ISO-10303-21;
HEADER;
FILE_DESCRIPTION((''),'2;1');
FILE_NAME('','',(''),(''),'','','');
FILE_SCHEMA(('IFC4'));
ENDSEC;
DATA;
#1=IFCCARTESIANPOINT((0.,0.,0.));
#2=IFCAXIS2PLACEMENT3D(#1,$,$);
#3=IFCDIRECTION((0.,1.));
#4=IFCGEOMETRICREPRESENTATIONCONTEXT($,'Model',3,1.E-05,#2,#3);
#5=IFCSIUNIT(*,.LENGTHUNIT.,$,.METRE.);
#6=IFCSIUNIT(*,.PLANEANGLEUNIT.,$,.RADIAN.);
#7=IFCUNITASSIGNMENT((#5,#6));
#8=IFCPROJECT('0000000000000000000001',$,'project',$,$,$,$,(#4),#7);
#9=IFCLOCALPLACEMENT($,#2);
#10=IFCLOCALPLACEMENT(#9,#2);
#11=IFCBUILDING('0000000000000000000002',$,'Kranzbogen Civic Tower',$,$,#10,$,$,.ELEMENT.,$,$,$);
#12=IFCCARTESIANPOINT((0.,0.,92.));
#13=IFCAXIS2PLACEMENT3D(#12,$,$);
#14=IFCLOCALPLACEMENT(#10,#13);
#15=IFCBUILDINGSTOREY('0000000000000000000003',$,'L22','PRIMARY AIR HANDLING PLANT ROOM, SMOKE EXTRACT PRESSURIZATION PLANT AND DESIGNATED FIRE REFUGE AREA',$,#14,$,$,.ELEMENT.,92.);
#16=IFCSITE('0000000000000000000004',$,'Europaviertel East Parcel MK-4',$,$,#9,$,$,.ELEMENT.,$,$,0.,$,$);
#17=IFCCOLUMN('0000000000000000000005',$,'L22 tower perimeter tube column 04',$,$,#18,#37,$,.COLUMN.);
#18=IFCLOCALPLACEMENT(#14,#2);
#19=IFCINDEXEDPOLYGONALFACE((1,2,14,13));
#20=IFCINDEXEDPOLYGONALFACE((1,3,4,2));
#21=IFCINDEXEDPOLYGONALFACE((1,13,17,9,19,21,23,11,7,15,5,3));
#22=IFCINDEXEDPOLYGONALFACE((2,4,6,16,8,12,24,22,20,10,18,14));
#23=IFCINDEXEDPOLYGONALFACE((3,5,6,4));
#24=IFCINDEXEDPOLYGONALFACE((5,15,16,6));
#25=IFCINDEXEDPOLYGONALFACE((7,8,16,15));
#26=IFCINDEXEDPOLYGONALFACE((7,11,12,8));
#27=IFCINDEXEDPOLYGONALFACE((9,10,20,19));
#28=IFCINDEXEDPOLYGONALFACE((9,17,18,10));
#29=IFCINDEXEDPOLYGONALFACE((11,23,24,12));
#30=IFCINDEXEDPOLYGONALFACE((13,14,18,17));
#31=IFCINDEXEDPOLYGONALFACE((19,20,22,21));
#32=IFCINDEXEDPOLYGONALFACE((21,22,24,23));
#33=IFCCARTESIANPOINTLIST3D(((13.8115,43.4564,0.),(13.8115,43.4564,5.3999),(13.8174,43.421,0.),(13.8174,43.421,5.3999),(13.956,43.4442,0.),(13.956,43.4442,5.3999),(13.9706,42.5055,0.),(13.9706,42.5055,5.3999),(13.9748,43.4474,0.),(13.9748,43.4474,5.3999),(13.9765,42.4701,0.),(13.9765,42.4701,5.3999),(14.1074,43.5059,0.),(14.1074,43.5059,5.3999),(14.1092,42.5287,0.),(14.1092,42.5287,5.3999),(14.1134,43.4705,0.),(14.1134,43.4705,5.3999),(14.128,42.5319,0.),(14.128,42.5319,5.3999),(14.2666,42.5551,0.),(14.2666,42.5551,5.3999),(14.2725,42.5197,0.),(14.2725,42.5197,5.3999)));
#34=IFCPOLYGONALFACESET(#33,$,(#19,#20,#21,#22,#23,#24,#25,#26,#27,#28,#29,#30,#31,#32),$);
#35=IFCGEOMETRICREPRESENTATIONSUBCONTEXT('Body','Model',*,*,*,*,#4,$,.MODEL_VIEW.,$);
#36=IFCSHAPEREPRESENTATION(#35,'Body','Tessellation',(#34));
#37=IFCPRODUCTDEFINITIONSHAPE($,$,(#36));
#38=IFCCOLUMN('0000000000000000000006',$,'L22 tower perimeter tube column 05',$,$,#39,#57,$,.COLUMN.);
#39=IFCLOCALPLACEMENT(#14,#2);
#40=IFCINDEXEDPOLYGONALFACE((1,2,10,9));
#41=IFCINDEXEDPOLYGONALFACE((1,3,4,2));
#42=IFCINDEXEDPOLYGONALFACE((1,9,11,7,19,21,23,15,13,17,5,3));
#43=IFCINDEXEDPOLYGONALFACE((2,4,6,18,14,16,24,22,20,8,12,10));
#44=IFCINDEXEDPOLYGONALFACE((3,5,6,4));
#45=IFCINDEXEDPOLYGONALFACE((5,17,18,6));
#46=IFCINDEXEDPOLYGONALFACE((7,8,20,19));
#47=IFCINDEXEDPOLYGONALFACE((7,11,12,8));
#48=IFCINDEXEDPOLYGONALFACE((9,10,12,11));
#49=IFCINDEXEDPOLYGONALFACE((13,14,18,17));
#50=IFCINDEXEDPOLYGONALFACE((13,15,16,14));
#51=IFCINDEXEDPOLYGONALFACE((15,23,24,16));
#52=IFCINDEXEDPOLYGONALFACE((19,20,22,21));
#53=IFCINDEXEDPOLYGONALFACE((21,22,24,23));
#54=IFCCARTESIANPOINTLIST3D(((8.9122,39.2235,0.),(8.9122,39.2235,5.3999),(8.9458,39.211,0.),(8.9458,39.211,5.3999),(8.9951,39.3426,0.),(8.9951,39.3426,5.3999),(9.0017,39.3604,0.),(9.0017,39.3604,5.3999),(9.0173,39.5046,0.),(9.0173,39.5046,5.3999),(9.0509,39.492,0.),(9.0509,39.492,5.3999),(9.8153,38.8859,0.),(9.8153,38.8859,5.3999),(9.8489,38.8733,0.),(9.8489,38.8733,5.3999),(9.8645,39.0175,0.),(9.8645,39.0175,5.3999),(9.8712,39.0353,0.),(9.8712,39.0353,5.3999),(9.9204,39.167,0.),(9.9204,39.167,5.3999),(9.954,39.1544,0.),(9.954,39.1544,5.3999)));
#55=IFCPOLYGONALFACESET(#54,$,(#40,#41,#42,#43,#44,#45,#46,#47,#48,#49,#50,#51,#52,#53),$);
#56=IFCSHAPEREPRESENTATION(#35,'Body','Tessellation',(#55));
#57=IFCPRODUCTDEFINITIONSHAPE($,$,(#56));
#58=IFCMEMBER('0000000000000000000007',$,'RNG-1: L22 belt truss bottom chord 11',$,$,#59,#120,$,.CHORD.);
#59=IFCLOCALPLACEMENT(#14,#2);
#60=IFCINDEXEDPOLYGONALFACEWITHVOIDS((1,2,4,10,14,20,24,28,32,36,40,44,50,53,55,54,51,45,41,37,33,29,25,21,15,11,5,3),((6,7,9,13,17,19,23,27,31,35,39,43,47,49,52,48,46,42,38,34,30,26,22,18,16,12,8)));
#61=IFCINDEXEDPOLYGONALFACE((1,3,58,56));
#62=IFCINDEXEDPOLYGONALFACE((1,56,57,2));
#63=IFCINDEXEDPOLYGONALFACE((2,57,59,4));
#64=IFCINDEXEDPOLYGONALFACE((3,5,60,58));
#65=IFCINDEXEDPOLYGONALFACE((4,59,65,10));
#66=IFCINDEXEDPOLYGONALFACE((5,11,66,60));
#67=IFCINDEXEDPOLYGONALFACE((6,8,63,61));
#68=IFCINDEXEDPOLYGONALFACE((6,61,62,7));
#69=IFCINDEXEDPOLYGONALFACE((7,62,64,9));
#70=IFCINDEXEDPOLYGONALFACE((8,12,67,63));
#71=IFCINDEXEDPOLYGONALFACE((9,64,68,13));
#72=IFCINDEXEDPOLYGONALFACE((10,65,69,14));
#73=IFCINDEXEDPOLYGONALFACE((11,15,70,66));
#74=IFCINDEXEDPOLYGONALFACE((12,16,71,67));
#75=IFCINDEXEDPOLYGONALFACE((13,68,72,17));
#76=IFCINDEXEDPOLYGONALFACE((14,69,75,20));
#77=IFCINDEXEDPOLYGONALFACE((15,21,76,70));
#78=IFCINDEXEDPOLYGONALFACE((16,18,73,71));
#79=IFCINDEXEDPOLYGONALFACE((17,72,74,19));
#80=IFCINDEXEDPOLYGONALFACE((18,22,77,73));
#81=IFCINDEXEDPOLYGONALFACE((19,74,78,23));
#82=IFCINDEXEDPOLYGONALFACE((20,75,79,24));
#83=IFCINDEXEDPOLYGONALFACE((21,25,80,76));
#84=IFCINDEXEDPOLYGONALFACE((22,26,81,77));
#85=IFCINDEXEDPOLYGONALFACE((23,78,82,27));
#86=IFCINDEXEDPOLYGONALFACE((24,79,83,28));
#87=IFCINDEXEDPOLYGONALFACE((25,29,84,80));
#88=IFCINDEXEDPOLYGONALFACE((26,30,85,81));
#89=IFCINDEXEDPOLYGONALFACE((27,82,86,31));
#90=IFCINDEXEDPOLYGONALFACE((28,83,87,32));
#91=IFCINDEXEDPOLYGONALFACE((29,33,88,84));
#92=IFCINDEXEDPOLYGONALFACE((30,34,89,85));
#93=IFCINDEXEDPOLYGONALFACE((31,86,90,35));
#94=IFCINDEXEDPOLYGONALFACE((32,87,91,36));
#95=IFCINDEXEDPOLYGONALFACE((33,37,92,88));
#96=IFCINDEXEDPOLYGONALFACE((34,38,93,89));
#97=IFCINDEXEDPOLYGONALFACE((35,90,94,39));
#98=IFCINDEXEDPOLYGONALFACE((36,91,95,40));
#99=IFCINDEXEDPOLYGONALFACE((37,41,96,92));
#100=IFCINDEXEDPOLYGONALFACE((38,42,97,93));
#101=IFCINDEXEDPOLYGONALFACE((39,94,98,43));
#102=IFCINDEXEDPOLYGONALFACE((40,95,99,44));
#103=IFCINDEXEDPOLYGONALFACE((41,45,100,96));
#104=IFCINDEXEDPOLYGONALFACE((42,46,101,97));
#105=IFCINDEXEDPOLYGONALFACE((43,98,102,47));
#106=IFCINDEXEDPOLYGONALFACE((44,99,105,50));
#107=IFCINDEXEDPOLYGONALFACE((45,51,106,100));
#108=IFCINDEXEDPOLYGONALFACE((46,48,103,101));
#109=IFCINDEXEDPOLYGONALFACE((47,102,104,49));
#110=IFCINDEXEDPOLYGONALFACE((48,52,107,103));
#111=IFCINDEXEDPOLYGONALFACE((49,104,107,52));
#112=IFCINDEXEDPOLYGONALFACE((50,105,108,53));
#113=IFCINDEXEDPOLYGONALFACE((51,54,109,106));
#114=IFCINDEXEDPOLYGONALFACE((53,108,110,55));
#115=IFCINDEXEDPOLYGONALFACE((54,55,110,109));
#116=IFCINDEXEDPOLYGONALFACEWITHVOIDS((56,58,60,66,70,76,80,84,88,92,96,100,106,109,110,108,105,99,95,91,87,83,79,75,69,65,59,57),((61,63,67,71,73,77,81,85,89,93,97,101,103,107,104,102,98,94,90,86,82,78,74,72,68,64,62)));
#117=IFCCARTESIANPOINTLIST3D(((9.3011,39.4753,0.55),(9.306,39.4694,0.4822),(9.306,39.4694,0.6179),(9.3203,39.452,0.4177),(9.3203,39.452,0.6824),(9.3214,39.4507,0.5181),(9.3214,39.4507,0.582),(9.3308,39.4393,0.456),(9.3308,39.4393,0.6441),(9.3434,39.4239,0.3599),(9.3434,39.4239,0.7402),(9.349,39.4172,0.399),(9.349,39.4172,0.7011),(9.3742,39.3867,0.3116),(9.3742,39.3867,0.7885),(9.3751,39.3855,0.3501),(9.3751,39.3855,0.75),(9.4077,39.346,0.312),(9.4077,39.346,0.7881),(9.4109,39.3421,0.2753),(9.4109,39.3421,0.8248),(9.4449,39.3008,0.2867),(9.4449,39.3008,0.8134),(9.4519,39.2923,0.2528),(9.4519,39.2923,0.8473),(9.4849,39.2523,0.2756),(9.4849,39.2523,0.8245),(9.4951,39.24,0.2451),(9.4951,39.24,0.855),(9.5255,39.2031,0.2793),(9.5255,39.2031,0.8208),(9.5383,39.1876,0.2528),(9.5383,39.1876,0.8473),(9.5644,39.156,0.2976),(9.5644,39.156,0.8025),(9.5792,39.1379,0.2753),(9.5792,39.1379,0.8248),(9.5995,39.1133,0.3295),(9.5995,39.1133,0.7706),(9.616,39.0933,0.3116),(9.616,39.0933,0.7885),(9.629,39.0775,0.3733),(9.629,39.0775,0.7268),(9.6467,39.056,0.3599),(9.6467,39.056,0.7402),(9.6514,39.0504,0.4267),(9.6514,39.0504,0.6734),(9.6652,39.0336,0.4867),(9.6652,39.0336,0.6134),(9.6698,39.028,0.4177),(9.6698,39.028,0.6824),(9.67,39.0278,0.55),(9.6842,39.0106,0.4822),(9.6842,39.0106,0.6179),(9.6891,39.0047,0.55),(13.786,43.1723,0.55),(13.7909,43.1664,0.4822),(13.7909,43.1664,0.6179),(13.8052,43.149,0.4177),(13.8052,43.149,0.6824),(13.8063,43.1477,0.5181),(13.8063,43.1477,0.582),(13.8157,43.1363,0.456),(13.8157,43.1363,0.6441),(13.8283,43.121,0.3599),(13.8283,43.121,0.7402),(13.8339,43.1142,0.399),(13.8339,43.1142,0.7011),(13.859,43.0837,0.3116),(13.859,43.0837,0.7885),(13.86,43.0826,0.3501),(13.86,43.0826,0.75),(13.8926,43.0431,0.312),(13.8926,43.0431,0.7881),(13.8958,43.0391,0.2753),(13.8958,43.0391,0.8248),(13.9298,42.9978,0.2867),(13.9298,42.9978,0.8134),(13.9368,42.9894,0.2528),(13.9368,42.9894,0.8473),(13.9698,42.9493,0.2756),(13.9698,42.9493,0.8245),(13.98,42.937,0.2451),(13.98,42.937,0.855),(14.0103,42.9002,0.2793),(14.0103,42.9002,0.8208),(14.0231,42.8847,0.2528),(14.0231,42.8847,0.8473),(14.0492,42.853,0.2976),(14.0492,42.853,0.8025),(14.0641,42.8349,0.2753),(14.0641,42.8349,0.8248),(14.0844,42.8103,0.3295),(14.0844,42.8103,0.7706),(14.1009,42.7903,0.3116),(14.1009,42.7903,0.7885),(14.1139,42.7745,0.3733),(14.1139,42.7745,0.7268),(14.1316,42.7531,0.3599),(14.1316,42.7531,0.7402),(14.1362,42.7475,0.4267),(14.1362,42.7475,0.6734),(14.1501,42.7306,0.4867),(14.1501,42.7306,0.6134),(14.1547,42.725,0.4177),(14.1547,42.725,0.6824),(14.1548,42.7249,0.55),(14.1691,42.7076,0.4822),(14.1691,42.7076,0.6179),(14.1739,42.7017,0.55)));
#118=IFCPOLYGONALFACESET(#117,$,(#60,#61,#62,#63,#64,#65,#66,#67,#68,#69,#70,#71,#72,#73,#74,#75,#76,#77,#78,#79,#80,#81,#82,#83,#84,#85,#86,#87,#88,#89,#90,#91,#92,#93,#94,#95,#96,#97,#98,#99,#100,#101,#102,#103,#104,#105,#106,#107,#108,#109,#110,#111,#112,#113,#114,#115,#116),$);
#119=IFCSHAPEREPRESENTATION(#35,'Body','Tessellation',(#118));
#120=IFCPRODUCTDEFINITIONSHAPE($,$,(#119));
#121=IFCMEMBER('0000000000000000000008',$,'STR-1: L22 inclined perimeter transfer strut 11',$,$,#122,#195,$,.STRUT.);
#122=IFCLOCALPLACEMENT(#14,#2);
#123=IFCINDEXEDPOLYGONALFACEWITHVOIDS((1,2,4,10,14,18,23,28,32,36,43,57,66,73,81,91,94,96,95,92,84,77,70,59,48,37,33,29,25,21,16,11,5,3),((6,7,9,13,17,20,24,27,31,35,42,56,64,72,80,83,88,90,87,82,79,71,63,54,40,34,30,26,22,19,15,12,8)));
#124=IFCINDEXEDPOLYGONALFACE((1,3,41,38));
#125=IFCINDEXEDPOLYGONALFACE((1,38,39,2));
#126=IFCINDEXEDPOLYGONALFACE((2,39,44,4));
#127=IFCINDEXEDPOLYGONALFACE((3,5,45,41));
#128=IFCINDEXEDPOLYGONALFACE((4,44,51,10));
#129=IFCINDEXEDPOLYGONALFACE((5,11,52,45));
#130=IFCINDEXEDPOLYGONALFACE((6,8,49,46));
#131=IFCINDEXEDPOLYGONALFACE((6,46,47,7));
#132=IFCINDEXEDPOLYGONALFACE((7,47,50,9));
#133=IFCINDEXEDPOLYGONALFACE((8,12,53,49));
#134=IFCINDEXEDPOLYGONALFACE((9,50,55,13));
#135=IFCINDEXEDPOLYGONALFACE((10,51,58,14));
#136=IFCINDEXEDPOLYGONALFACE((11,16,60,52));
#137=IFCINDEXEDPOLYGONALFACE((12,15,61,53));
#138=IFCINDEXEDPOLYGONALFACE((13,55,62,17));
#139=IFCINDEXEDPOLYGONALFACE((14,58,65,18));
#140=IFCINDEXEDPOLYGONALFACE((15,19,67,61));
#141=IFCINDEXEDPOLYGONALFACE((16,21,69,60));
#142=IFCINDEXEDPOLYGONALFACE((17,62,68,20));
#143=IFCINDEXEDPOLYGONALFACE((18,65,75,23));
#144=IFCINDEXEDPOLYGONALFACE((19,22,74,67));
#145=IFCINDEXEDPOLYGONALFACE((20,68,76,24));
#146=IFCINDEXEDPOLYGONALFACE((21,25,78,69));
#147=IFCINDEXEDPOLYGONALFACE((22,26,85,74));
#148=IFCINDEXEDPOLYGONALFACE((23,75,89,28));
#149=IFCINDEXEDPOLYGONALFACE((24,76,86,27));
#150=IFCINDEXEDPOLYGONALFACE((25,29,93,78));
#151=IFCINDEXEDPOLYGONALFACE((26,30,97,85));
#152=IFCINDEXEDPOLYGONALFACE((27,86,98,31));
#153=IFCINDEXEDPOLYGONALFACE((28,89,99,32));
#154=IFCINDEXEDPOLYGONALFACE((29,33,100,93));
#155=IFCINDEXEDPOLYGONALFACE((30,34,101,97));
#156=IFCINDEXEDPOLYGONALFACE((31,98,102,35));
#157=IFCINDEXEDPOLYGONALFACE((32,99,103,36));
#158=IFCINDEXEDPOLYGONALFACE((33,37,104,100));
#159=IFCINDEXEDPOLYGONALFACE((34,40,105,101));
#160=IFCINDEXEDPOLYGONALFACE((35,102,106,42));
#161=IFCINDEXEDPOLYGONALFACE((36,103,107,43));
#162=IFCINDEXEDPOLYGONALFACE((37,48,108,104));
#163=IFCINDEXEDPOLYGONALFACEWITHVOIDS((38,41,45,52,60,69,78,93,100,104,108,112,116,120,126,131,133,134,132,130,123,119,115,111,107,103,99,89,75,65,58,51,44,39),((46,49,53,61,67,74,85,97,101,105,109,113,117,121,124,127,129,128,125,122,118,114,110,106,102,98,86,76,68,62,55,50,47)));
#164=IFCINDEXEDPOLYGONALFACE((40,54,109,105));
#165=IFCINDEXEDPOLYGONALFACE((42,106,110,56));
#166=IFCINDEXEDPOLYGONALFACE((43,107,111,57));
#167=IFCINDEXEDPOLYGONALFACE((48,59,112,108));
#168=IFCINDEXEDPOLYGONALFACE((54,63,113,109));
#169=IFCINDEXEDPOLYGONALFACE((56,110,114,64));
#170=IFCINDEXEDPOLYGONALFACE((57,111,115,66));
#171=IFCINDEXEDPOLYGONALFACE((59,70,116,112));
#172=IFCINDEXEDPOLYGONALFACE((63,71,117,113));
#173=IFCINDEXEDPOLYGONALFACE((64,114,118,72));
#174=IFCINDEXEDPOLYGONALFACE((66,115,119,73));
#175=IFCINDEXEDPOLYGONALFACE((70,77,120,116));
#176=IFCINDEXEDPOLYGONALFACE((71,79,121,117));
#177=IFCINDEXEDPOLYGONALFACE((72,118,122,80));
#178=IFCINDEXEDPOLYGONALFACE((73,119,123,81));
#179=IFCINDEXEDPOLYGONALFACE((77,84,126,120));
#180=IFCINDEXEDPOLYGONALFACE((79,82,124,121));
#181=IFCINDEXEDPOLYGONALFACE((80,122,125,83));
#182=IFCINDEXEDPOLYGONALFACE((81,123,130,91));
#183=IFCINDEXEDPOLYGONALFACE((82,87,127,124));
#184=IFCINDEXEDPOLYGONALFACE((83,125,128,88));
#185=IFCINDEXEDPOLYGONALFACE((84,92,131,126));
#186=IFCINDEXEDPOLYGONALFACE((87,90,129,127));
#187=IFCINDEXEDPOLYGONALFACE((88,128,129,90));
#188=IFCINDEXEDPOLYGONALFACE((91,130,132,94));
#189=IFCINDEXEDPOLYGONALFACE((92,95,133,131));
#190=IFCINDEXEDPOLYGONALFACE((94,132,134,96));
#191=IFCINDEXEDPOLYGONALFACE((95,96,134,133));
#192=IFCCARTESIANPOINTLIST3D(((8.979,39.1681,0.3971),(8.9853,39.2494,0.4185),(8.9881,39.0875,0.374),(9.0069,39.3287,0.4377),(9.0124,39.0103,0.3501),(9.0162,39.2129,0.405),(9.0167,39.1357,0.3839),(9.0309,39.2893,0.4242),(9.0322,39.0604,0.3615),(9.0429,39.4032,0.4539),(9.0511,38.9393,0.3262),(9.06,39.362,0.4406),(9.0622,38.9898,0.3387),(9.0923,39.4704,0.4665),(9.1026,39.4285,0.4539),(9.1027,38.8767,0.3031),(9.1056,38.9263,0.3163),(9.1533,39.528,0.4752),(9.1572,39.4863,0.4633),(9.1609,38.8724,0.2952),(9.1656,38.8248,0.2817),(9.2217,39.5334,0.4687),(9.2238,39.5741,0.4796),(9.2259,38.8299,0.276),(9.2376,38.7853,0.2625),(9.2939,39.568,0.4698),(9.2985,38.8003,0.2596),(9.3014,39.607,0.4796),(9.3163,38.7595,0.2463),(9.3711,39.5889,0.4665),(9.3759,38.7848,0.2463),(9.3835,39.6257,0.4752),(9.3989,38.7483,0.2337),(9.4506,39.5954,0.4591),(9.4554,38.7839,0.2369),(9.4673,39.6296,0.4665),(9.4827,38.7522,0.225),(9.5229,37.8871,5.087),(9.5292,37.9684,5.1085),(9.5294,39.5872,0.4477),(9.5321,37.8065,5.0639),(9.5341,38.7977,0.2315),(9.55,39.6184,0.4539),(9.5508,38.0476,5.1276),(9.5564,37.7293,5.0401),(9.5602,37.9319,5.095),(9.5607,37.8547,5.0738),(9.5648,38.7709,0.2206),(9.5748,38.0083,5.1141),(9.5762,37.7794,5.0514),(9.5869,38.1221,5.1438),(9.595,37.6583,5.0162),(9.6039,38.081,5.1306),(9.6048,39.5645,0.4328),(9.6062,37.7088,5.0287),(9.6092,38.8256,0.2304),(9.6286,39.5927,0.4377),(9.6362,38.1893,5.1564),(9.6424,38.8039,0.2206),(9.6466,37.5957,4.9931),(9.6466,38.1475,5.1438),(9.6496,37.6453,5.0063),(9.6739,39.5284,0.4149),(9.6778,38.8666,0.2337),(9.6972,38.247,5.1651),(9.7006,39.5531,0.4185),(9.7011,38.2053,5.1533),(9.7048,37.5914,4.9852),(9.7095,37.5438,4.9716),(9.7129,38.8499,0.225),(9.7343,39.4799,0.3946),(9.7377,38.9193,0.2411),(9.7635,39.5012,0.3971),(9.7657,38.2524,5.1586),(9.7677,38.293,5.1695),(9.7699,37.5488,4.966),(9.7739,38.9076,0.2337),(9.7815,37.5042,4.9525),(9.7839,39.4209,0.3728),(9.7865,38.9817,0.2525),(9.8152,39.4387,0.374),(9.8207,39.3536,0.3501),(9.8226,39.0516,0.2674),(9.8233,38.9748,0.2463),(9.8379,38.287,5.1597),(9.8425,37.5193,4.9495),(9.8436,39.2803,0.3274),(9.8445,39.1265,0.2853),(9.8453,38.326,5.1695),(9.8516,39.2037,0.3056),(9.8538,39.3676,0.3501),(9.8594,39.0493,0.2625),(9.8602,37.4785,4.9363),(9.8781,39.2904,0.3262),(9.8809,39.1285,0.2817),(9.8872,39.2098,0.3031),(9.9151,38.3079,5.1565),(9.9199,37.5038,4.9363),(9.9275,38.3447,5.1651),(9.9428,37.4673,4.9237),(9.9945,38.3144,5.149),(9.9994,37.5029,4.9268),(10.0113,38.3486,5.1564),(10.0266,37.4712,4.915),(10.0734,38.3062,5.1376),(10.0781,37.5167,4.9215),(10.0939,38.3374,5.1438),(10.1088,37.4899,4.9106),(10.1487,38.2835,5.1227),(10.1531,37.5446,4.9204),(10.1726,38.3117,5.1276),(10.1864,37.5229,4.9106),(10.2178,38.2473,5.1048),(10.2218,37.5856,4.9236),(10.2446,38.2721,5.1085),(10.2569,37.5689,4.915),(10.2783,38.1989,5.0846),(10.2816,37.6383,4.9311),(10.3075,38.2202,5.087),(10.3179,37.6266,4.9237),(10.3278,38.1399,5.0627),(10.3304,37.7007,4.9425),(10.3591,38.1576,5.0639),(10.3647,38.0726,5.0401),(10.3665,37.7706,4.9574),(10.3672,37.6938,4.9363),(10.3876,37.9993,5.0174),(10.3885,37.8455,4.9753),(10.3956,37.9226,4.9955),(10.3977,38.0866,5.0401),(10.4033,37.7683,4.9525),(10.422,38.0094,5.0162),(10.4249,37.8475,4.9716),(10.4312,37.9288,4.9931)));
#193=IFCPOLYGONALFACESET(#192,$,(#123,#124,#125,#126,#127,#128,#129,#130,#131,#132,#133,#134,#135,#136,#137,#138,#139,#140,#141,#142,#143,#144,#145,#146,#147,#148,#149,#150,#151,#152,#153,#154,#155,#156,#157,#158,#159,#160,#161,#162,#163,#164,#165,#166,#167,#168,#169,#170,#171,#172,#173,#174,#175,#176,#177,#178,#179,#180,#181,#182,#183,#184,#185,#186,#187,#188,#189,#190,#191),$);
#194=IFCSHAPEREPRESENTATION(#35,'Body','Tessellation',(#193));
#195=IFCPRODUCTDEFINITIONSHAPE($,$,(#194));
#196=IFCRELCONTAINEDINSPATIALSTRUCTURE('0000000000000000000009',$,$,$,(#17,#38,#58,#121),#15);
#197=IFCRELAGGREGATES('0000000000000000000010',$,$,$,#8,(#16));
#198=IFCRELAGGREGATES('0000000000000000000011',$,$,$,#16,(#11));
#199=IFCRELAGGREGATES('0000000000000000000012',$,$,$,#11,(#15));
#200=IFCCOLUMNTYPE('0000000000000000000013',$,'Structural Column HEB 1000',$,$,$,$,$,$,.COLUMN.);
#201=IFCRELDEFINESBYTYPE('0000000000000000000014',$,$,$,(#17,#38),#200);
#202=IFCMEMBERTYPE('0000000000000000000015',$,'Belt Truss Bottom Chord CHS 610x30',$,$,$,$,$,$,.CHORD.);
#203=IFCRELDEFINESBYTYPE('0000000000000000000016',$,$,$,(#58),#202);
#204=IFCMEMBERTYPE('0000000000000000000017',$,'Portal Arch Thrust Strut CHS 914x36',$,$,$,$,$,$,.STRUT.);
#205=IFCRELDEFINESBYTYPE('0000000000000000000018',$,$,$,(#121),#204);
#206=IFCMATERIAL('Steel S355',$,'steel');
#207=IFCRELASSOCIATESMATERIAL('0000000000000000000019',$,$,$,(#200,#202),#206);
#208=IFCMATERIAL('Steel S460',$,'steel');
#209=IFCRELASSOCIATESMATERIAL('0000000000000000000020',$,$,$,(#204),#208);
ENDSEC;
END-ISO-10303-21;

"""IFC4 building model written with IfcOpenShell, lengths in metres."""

from ifc_helpers import new_model, si_unit, direction, frame, origin, origin_2d, place, context, subcontext, project, spatial, hollow_circle, i_section, extrude, material, material_profile, profile_set, type_object, element, save


model = new_model("IFC4")

# Units and contexts
model_context = context("Model", 3, precision=1e-05, world=origin(), true_north=direction((0.0, 1.0)))
body_context = subcontext(model_context, "Body", "Model", "MODEL_VIEW")
ifc_project = project(units=[si_unit("LENGTHUNIT", "METRE"), si_unit("PLANEANGLEUNIT", "RADIAN")], contexts=[model_context])

# Site, building, storey
site_placement = place(None, origin())
site = spatial("IfcSite", under=ifc_project, at=site_placement, Name="Europaviertel East Parcel MK-4", CompositionType="ELEMENT", RefElevation=0.0)
building_placement = place(site_placement, origin())
building = spatial("IfcBuilding", under=site, at=building_placement, Name="Kranzbogen Civic Tower", CompositionType="ELEMENT")
storey_placement = place(building_placement, frame((0.0, 0.0, 92.0)))
storey = spatial("IfcBuildingStorey", under=building, at=storey_placement, Name="L22", Description="PRIMARY AIR HANDLING PLANT ROOM, SMOKE EXTRACT PRESSURIZATION PLANT AND DESIGNATED FIRE REFUGE AREA", CompositionType="ELEMENT", Elevation=92.0)

# Columns
ifc_material_1 = material(Name="Steel S355", Category="steel")
ifc_material_profile_1 = material_profile(ifc_material_1, i_section(OverallWidth=0.3, OverallDepth=1.0, WebThickness=0.019, FlangeThickness=0.0359, at=origin_2d()), Name="HEB 1000")
ifc_profile_set_1 = profile_set([ifc_material_profile_1], Name="Steel S355")
column_type = type_object("IfcColumnType", Name="Structural Column HEB 1000", PredefinedType="COLUMN", material=ifc_profile_set_1)
for number, where, z_axis, x_axis, name in (
    (1, (14.042, 42.988, 0.0), (0.0, 0.0, 1.0), (0.986286, 0.165048, 0.0), "L22 tower perimeter tube column 04"),
    (2, (9.4331, 39.189, 0.0), (0.0, 0.0, 1.0), (0.350207, 0.936672, 0.0), "L22 tower perimeter tube column 05"),
):
    element("IfcColumn", number, at=place(storey_placement, frame(where, z_axis=z_axis, x_axis=x_axis)), inside=storey, type_object=column_type, Name=name, PredefinedType="COLUMN", context=body_context, shape_type="SweptSolid", body=[
        extrude(i_section(OverallWidth=0.3, OverallDepth=1.0, WebThickness=0.019, FlangeThickness=0.0359, at=origin_2d()), origin(), (0.0, 0.0, 1.0), 5.3999),
    ])

# Members
ifc_material_profile_2 = material_profile(ifc_material_1, hollow_circle(Radius=0.3049, WallThickness=0.03, at=origin_2d()), Name="CHS 610x30")
ifc_profile_set_2 = profile_set([ifc_material_profile_2], Name="Steel S355")
member_type_1 = type_object("IfcMemberType", Name="Belt Truss Bottom Chord CHS 610x30", PredefinedType="CHORD", material=ifc_profile_set_2)
member_1_placement = place(storey_placement, frame((13.98, 42.937, 0.55), z_axis=(-0.771626, -0.636077, 0.0), x_axis=(0.636077, -0.771626, 0.0)))
element("IfcMember", 3, at=member_1_placement, inside=storey, type_object=member_type_1, Name="RNG-1: L22 belt truss bottom chord 11", PredefinedType="CHORD", context=body_context, shape_type="SweptSolid", body=[
    extrude(hollow_circle(Radius=0.3049, WallThickness=0.03, at=origin_2d()), origin(), (0.0, 0.0, 1.0), 5.8123),
])
ifc_material_2 = material(Name="Steel S460", Category="steel")
ifc_material_profile_3 = material_profile(ifc_material_2, hollow_circle(Radius=0.457, WallThickness=0.0359, at=origin_2d()), Name="CHS 914x36")
ifc_profile_set_3 = profile_set([ifc_material_profile_3], Name="Steel S460")
member_type_2 = type_object("IfcMemberType", Name="Portal Arch Thrust Strut CHS 914x36", PredefinedType="STRUT", material=ifc_profile_set_3)
member_2_placement = place(storey_placement, frame((9.4331, 39.189, 0.3501), z_axis=(0.111189, -0.261853, 0.958681), x_axis=(0.920456, 0.390847, 0.0)))
element("IfcMember", 4, at=member_2_placement, inside=storey, type_object=member_type_2, Name="STR-1: L22 inclined perimeter transfer strut 11", PredefinedType="STRUT", context=body_context, shape_type="SweptSolid", body=[
    extrude(hollow_circle(Radius=0.457, WallThickness=0.0359, at=origin_2d()), origin(), (0.0, 0.0, 1.0), 4.8921),
])

save(model, "model.ifc")
